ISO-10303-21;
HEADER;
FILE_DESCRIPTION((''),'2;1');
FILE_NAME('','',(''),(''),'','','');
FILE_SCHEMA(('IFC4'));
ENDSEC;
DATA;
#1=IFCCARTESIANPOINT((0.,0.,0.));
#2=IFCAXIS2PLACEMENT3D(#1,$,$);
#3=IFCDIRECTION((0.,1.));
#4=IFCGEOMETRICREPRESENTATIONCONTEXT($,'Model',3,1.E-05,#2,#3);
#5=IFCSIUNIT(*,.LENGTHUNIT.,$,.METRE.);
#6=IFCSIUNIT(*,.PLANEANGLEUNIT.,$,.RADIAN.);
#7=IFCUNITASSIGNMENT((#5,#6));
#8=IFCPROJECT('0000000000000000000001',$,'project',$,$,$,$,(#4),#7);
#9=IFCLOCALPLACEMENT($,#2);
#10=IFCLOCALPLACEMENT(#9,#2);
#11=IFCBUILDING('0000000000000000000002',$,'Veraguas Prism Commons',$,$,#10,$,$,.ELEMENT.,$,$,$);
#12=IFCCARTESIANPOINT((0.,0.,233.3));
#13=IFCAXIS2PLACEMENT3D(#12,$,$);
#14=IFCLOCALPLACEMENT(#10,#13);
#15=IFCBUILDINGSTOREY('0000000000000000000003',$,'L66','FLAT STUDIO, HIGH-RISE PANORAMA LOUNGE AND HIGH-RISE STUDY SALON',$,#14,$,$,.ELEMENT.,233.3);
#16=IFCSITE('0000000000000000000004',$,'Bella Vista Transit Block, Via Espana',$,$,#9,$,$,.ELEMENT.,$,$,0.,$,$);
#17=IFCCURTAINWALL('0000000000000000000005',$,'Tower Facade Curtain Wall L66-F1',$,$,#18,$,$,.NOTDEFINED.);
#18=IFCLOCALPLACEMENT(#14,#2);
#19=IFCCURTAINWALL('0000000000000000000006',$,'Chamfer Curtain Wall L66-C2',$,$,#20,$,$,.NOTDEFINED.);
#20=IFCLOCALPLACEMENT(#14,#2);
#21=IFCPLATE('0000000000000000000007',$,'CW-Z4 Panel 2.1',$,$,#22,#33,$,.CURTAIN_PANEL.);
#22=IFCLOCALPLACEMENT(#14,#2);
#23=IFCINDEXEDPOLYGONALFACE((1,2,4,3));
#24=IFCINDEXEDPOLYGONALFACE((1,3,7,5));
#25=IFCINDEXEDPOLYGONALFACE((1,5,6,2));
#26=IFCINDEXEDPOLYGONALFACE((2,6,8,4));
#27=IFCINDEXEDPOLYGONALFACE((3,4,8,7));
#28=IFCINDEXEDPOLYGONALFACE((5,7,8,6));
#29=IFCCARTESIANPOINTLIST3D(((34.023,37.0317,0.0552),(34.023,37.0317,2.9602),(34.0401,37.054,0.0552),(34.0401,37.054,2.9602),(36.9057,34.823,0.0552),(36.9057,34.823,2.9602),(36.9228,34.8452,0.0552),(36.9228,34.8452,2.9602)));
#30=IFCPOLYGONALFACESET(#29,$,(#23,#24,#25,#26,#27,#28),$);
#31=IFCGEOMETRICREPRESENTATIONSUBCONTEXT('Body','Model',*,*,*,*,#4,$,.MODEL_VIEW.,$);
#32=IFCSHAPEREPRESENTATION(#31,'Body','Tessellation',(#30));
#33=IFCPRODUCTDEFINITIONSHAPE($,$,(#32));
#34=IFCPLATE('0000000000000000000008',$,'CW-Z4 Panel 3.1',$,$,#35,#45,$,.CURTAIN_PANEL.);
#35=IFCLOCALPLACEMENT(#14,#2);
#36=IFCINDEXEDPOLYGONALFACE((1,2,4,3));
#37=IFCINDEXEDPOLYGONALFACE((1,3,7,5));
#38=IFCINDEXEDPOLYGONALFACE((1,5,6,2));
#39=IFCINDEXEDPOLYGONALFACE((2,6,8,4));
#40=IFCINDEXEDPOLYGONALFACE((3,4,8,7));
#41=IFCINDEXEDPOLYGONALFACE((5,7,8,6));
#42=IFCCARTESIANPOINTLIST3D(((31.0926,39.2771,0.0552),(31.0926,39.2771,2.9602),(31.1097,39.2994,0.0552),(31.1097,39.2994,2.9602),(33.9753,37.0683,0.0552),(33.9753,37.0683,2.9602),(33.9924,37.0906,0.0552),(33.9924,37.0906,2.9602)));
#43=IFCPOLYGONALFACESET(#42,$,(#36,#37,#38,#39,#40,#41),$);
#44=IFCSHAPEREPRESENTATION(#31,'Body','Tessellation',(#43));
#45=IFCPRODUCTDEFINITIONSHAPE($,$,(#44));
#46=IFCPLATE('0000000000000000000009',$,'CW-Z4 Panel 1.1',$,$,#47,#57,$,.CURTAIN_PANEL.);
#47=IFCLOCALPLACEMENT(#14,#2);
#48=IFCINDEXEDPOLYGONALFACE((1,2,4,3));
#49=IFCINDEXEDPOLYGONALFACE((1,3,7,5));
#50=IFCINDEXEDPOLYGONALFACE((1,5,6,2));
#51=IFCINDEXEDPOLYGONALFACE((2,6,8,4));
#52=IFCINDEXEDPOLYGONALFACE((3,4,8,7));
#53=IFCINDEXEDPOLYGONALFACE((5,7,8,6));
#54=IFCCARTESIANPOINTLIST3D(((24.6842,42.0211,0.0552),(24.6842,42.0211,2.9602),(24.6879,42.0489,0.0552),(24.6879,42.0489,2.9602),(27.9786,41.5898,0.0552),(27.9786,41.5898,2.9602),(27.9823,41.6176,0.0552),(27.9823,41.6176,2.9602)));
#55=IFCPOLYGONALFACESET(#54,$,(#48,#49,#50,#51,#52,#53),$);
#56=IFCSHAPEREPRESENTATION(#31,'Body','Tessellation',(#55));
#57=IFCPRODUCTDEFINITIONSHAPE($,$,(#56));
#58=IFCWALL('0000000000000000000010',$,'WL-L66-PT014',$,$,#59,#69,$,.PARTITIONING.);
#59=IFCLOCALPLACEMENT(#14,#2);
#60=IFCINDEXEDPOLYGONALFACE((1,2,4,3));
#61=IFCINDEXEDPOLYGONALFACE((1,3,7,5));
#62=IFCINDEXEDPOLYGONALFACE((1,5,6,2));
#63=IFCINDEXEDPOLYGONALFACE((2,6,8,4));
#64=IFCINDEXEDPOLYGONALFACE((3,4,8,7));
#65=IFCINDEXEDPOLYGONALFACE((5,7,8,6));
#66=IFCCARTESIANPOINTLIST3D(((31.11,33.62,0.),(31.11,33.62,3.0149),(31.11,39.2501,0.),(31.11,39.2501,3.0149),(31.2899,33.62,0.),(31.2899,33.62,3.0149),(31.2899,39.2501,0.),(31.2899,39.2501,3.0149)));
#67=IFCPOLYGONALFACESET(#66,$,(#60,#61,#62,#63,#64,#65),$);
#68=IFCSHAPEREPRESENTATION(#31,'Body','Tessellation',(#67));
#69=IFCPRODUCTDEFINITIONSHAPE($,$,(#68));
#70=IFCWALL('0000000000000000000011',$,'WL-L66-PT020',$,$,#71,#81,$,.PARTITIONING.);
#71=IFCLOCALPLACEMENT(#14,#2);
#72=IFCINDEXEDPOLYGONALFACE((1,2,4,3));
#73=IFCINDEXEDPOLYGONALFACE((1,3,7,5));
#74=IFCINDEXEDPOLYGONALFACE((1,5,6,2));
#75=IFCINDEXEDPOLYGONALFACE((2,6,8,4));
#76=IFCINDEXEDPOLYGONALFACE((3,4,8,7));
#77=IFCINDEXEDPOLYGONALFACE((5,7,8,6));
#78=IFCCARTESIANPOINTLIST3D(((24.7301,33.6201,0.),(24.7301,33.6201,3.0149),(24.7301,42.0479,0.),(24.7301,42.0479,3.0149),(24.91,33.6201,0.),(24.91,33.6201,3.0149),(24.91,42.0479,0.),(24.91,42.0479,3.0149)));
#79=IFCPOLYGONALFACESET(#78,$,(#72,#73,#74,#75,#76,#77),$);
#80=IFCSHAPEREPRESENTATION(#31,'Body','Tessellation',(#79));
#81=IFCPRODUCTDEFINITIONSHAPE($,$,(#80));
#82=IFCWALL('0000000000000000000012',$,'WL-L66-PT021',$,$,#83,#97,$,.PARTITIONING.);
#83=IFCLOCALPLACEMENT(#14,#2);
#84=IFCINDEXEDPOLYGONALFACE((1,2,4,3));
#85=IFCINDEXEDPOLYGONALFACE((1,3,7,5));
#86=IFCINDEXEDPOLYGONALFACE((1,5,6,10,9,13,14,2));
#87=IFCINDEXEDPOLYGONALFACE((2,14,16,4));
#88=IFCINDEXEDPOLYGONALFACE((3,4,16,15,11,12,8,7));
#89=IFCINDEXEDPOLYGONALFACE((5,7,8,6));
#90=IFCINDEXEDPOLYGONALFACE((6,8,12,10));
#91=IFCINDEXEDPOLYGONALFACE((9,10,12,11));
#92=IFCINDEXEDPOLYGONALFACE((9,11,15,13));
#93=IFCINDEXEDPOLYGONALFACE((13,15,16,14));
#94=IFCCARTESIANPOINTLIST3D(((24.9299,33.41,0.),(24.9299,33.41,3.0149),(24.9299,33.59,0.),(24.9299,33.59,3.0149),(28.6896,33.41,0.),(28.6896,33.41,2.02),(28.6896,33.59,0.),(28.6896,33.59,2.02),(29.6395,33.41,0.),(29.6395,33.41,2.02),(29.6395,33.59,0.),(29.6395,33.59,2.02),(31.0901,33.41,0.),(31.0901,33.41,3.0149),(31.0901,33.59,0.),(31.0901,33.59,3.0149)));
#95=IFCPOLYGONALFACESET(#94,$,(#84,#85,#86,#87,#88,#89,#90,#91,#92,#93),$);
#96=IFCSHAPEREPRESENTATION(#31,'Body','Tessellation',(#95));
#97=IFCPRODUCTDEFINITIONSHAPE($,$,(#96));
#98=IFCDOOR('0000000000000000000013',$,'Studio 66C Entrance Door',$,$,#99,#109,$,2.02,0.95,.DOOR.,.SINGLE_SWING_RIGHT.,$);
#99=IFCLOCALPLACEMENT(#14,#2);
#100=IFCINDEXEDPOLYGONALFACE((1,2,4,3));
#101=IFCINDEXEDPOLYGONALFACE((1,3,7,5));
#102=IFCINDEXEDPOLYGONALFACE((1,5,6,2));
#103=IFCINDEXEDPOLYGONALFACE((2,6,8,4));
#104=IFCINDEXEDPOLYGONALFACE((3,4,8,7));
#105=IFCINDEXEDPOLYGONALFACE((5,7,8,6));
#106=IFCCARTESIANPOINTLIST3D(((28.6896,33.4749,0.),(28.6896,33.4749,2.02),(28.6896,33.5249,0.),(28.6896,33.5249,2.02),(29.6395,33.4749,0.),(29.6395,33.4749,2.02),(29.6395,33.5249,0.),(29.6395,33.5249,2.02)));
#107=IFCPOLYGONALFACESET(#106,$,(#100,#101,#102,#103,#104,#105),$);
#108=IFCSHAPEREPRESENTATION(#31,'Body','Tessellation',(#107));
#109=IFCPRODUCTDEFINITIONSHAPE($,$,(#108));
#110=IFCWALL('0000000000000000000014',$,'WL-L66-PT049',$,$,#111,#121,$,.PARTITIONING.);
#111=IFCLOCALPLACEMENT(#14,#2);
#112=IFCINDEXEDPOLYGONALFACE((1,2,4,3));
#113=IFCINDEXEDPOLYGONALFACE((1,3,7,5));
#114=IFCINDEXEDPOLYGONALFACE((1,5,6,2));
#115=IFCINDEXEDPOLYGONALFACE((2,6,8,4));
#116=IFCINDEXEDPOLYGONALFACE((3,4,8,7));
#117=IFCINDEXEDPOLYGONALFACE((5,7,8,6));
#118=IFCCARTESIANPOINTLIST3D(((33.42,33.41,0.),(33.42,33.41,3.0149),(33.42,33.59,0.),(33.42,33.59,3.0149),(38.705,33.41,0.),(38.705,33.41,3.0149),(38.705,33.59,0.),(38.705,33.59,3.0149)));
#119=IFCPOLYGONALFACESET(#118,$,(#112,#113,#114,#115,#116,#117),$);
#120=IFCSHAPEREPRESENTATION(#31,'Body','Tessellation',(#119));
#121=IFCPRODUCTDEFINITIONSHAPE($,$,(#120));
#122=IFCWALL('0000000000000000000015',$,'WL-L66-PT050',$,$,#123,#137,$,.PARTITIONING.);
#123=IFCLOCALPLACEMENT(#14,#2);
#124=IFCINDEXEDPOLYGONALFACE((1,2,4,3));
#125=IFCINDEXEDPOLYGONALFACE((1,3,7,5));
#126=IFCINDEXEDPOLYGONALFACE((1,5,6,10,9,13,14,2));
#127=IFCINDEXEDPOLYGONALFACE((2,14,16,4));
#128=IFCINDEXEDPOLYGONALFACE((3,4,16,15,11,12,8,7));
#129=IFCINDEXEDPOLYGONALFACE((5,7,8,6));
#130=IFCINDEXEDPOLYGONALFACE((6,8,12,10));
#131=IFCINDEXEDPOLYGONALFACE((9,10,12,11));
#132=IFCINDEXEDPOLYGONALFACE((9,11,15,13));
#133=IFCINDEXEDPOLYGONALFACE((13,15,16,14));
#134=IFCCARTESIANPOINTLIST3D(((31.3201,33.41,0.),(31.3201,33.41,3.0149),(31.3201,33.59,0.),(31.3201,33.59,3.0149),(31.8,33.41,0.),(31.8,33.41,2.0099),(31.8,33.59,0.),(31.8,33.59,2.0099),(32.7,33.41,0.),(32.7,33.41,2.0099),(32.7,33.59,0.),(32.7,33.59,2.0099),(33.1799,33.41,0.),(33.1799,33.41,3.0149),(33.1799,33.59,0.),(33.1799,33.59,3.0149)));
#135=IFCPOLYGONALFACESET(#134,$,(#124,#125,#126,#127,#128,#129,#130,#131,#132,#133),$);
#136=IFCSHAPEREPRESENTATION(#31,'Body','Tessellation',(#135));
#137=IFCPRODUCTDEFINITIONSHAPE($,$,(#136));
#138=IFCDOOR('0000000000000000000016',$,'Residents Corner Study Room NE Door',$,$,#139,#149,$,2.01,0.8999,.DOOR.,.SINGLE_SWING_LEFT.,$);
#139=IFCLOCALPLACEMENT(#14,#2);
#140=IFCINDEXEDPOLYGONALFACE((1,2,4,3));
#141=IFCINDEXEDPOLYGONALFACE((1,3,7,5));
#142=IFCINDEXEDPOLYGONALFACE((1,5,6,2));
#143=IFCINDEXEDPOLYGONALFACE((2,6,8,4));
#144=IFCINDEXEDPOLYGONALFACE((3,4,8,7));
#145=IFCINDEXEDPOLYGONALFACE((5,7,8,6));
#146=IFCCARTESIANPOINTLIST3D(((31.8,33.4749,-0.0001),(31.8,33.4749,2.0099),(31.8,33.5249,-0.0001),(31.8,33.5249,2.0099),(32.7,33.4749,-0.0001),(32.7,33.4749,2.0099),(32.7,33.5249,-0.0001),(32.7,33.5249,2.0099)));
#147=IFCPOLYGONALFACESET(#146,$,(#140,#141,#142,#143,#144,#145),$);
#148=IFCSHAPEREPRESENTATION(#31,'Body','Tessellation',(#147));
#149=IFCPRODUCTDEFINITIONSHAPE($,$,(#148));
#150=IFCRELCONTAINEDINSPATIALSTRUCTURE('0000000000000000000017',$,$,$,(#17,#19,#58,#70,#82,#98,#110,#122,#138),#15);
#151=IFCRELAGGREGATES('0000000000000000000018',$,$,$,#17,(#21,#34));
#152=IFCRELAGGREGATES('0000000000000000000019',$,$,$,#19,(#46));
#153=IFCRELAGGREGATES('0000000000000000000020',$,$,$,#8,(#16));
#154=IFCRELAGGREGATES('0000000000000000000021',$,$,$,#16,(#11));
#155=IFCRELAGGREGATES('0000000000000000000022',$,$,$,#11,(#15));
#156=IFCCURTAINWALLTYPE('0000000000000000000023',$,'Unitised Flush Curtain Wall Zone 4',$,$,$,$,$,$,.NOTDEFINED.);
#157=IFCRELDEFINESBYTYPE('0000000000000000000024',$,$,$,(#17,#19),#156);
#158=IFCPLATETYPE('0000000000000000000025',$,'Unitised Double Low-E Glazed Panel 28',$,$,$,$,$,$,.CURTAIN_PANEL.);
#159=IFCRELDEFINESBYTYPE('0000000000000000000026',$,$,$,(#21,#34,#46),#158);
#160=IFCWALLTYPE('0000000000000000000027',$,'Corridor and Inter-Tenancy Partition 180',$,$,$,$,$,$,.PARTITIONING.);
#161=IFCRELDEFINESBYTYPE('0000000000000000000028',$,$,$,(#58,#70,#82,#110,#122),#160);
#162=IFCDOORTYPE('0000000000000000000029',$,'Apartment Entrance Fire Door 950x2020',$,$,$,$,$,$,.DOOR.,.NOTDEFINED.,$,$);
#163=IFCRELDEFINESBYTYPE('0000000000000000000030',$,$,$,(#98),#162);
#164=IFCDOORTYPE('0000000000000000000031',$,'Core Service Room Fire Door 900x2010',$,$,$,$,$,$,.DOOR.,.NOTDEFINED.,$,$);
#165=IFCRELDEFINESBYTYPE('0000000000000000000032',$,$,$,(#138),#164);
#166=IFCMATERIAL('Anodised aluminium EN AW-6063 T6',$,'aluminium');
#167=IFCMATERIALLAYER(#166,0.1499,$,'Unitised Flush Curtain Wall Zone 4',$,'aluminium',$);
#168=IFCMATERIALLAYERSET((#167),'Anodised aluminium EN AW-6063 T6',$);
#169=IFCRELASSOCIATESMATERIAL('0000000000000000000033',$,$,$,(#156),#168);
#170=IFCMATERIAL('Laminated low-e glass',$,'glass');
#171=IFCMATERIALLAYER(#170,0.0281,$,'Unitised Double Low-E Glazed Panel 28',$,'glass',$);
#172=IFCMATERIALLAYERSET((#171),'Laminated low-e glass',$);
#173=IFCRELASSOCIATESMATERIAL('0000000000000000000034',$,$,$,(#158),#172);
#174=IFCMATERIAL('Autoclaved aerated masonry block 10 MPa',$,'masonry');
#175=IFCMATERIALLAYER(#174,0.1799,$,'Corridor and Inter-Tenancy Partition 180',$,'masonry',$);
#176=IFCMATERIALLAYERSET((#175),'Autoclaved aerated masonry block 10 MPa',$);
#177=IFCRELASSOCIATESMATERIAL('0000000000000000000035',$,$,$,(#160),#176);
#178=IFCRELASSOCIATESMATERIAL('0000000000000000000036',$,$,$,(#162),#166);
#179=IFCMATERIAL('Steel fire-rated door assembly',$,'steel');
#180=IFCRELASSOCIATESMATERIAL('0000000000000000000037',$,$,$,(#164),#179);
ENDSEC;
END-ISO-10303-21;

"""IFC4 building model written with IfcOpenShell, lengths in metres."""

from ifc_helpers import new_model, si_unit, direction, frame, frame_2d, origin, origin_2d, place, context, subcontext, project, spatial, rectangle, extrude, source, transform, mapped, material, layer, layer_set, type_object, element, fill, aggregate, save


model = new_model("IFC4")

# Units and contexts
model_context = context("Model", 3, precision=1e-05, world=origin(), true_north=direction((0.0, 1.0)))
body_context = subcontext(model_context, "Body", "Model", "MODEL_VIEW")
ifc_project = project(units=[si_unit("LENGTHUNIT", "METRE"), si_unit("PLANEANGLEUNIT", "RADIAN")], contexts=[model_context])

# Site, building, storey
site_placement = place(None, origin())
site = spatial("IfcSite", under=ifc_project, at=site_placement, Name="Bella Vista Transit Block, Via Espana", CompositionType="ELEMENT", RefElevation=0.0)
building_placement = place(site_placement, origin())
building = spatial("IfcBuilding", under=site, at=building_placement, Name="Veraguas Prism Commons", CompositionType="ELEMENT")
storey_placement = place(building_placement, frame((0.0, 0.0, 233.3)))
storey = spatial("IfcBuildingStorey", under=building, at=storey_placement, Name="L66", Description="FLAT STUDIO, HIGH-RISE PANORAMA LOUNGE AND HIGH-RISE STUDY SALON", CompositionType="ELEMENT", Elevation=233.3)

# Curtain wall
ifc_material_1 = material(Name="Anodised aluminium EN AW-6063 T6", Category="aluminium")
ifc_layer_1 = layer(ifc_material_1, 0.1499, Name="Unitised Flush Curtain Wall Zone 4", Category="aluminium")
ifc_layer_set_1 = layer_set([ifc_layer_1], Name="Anodised aluminium EN AW-6063 T6")
curtain_wall_type = type_object("IfcCurtainWallType", Name="Unitised Flush Curtain Wall Zone 4", PredefinedType="NOTDEFINED", material=ifc_layer_set_1)
curtain_wall_1_placement = place(storey_placement, origin())
curtain_wall_1 = element("IfcCurtainWall", 1, at=curtain_wall_1_placement, inside=storey, type_object=curtain_wall_type, Name="Tower Facade Curtain Wall L66-F1", PredefinedType="NOTDEFINED")

# Curtain wall
curtain_wall_2_placement = place(storey_placement, origin())
curtain_wall_2 = element("IfcCurtainWall", 2, at=curtain_wall_2_placement, inside=storey, type_object=curtain_wall_type, Name="Chamfer Curtain Wall L66-C2", PredefinedType="NOTDEFINED")

# Plates
ifc_material_2 = material(Name="Laminated low-e glass", Category="glass")
ifc_layer_2 = layer(ifc_material_2, 0.0281, Name="Unitised Double Low-E Glazed Panel 28", Category="glass")
ifc_layer_set_2 = layer_set([ifc_layer_2], Name="Laminated low-e glass")
plate_type = type_object("IfcPlateType", Name="Unitised Double Low-E Glazed Panel 28", PredefinedType="CURTAIN_PANEL", material=ifc_layer_set_2)
shared_shape_1 = source(origin(), body_context, "Body", "SweptSolid", [
    extrude(rectangle(XDim=3.6316, YDim=0.0281, at=origin_2d()), origin(), (0.0, 0.0, 1.0), 2.905),
])
plate_1_placement = place(storey_placement, frame((35.4729, 35.9385, 0.0552), z_axis=(0.0, 0.0, 1.0), x_axis=(-0.79378, 0.608205, 0.0)))
plate_1 = element("IfcPlate", 3, at=plate_1_placement, type_object=plate_type, Name="CW-Z4 Panel 2.1", PredefinedType="CURTAIN_PANEL", context=body_context, shape_type="MappedRepresentation", body=[
    mapped(shared_shape_1, transform((0.0, 0.0, 0.0), scale=1.0)),
])
plate_2_placement = place(storey_placement, frame((32.5425, 38.1838, 0.0552), z_axis=(0.0, 0.0, 1.0), x_axis=(-0.79378, 0.608205, 0.0)))
plate_2 = element("IfcPlate", 4, at=plate_2_placement, type_object=plate_type, Name="CW-Z4 Panel 3.1", PredefinedType="CURTAIN_PANEL", context=body_context, shape_type="MappedRepresentation", body=[
    mapped(shared_shape_1, transform((0.0, 0.0, 0.0), scale=1.0)),
])
aggregate(curtain_wall_1, [plate_1, plate_2])
shared_shape_2 = source(origin(), body_context, "Body", "SweptSolid", [
    extrude(rectangle(XDim=3.3225, YDim=0.0281, at=origin_2d()), origin(), (0.0, 0.0, 1.0), 2.905),
])
plate_3_placement = place(storey_placement, frame((26.3333, 41.8193, 0.0552), z_axis=(0.0, 0.0, 1.0), x_axis=(-0.991538, 0.12982, 0.0)))
plate_3 = element("IfcPlate", 5, at=plate_3_placement, type_object=plate_type, Name="CW-Z4 Panel 1.1", PredefinedType="CURTAIN_PANEL", context=body_context, shape_type="MappedRepresentation", body=[
    mapped(shared_shape_2, transform((0.0, 0.0, 0.0), scale=1.0)),
])
aggregate(curtain_wall_2, [plate_3])

# Walls
ifc_material_3 = material(Name="Autoclaved aerated masonry block 10 MPa", Category="masonry")
ifc_layer_3 = layer(ifc_material_3, 0.1799, Name="Corridor and Inter-Tenancy Partition 180", Category="masonry")
ifc_layer_set_3 = layer_set([ifc_layer_3], Name="Autoclaved aerated masonry block 10 MPa")
wall_type_1 = type_object("IfcWallType", Name="Corridor and Inter-Tenancy Partition 180", PredefinedType="PARTITIONING", material=ifc_layer_set_3)
wall_1_placement = place(storey_placement, frame((31.2, 33.6201, 0.0), z_axis=(0.0, 0.0, 1.0), x_axis=(0.0, 1.0, 0.0)))
element("IfcWall", 6, at=wall_1_placement, inside=storey, type_object=wall_type_1, Name="WL-L66-PT014", PredefinedType="PARTITIONING", context=body_context, shape_type="SweptSolid", body=[
    extrude(rectangle(XDim=5.6301, YDim=0.1799, at=frame_2d((2.8149, 0.0))), origin(), (0.0, 0.0, 1.0), 3.0149),
])
wall_2_placement = place(storey_placement, frame((24.8201, 33.6201, 0.0), z_axis=(0.0, 0.0, 1.0), x_axis=(0.0, 1.0, 0.0)))
element("IfcWall", 7, at=wall_2_placement, inside=storey, type_object=wall_type_1, Name="WL-L66-PT020", PredefinedType="PARTITIONING", context=body_context, shape_type="SweptSolid", body=[
    extrude(rectangle(XDim=8.4277, YDim=0.1799, at=frame_2d((4.2139, 0.0))), origin(), (0.0, 0.0, 1.0), 3.0149),
])

# Wall, opening, door
wall_3_placement = place(storey_placement, frame((24.9299, 33.5, 0.0), z_axis=(0.0, 0.0, 1.0), x_axis=(1.0, 0.0, 0.0)))
wall_3 = element("IfcWall", 8, at=wall_3_placement, inside=storey, type_object=wall_type_1, Name="WL-L66-PT021", PredefinedType="PARTITIONING", context=body_context, shape_type="SweptSolid", body=[
    extrude(rectangle(XDim=6.1602, YDim=0.1799, at=frame_2d((3.0801, 0.0))), origin(), (0.0, 0.0, 1.0), 3.0149),
])
opening_1_placement = place(wall_3_placement, frame((3.7595, 0.0, 0.0)))
opening_1 = element("IfcOpeningElement", 9, at=opening_1_placement, cuts=wall_3, PredefinedType="OPENING", context=body_context, shape_type="SweptSolid", body=[
    extrude(rectangle(XDim=0.95, YDim=2.02, at=frame_2d((0.4751, 1.01))), frame((0.0, 0.0999, 0.0), z_axis=(0.0, -1.0, 0.0), x_axis=(1.0, 0.0, 0.0)), (0.0, 0.0, 1.0), 0.2),
])
door_type_1 = type_object("IfcDoorType", Name="Apartment Entrance Fire Door 950x2020", OperationType="NOTDEFINED", PredefinedType="DOOR", material=ifc_material_1)
shared_shape_3 = source(origin(), body_context, "Body", "SweptSolid", [
    extrude(rectangle(XDim=0.95, YDim=2.02, at=frame_2d((0.4751, 1.01))), frame((0.0, 0.0249, 0.0), z_axis=(0.0, -1.0, 0.0), x_axis=(1.0, 0.0, 0.0)), (0.0, 0.0, 1.0), 0.05),
])
door_1_placement = place(opening_1_placement, origin())
door_1 = element("IfcDoor", 10, at=door_1_placement, inside=storey, type_object=door_type_1, Name="Studio 66C Entrance Door", OperationType="SINGLE_SWING_RIGHT", OverallHeight=2.02, OverallWidth=0.95, PredefinedType="DOOR", context=body_context, shape_type="MappedRepresentation", body=[
    mapped(shared_shape_3, transform((0.0, 0.0, 0.0), scale=1.0)),
])
fill(opening_1, door_1)

# Wall
wall_4_placement = place(storey_placement, frame((33.4199, 33.5, 0.0), z_axis=(0.0, 0.0, 1.0), x_axis=(1.0, 0.0, 0.0)))
element("IfcWall", 11, at=wall_4_placement, inside=storey, type_object=wall_type_1, Name="WL-L66-PT049", PredefinedType="PARTITIONING", context=body_context, shape_type="SweptSolid", body=[
    extrude(rectangle(XDim=5.2849, YDim=0.1799, at=frame_2d((2.6426, 0.0))), origin(), (0.0, 0.0, 1.0), 3.0149),
])

# Wall, opening, door
wall_5_placement = place(storey_placement, frame((31.3201, 33.5, 0.0), z_axis=(0.0, 0.0, 1.0), x_axis=(1.0, 0.0, 0.0)))
wall_5 = element("IfcWall", 12, at=wall_5_placement, inside=storey, type_object=wall_type_1, Name="WL-L66-PT050", PredefinedType="PARTITIONING", context=body_context, shape_type="SweptSolid", body=[
    extrude(rectangle(XDim=1.8599, YDim=0.1799, at=frame_2d((0.9299, 0.0))), origin(), (0.0, 0.0, 1.0), 3.0149),
])
opening_2_placement = place(wall_5_placement, frame((0.48, 0.0, 0.0)))
opening_2 = element("IfcOpeningElement", 13, at=opening_2_placement, cuts=wall_5, PredefinedType="OPENING", context=body_context, shape_type="SweptSolid", body=[
    extrude(rectangle(XDim=0.8999, YDim=2.01, at=frame_2d((0.45, 1.0049))), frame((0.0, 0.0999, 0.0), z_axis=(0.0, -1.0, 0.0), x_axis=(1.0, 0.0, 0.0)), (0.0, 0.0, 1.0), 0.2),
])
ifc_material_4 = material(Name="Steel fire-rated door assembly", Category="steel")
door_type_2 = type_object("IfcDoorType", Name="Core Service Room Fire Door 900x2010", OperationType="NOTDEFINED", PredefinedType="DOOR", material=ifc_material_4)
shared_shape_4 = source(origin(), body_context, "Body", "SweptSolid", [
    extrude(rectangle(XDim=0.8999, YDim=2.01, at=frame_2d((0.45, 1.0049))), frame((0.0, 0.0249, 0.0), z_axis=(0.0, -1.0, 0.0), x_axis=(1.0, 0.0, 0.0)), (0.0, 0.0, 1.0), 0.05),
])
door_2_placement = place(opening_2_placement, origin())
door_2 = element("IfcDoor", 14, at=door_2_placement, inside=storey, type_object=door_type_2, Name="Residents Corner Study Room NE Door", OperationType="SINGLE_SWING_LEFT", OverallHeight=2.01, OverallWidth=0.8999, PredefinedType="DOOR", context=body_context, shape_type="MappedRepresentation", body=[
    mapped(shared_shape_4, transform((0.0, 0.0, 0.0), scale=1.0)),
])
fill(opening_2, door_2)

save(model, "model.ifc")
